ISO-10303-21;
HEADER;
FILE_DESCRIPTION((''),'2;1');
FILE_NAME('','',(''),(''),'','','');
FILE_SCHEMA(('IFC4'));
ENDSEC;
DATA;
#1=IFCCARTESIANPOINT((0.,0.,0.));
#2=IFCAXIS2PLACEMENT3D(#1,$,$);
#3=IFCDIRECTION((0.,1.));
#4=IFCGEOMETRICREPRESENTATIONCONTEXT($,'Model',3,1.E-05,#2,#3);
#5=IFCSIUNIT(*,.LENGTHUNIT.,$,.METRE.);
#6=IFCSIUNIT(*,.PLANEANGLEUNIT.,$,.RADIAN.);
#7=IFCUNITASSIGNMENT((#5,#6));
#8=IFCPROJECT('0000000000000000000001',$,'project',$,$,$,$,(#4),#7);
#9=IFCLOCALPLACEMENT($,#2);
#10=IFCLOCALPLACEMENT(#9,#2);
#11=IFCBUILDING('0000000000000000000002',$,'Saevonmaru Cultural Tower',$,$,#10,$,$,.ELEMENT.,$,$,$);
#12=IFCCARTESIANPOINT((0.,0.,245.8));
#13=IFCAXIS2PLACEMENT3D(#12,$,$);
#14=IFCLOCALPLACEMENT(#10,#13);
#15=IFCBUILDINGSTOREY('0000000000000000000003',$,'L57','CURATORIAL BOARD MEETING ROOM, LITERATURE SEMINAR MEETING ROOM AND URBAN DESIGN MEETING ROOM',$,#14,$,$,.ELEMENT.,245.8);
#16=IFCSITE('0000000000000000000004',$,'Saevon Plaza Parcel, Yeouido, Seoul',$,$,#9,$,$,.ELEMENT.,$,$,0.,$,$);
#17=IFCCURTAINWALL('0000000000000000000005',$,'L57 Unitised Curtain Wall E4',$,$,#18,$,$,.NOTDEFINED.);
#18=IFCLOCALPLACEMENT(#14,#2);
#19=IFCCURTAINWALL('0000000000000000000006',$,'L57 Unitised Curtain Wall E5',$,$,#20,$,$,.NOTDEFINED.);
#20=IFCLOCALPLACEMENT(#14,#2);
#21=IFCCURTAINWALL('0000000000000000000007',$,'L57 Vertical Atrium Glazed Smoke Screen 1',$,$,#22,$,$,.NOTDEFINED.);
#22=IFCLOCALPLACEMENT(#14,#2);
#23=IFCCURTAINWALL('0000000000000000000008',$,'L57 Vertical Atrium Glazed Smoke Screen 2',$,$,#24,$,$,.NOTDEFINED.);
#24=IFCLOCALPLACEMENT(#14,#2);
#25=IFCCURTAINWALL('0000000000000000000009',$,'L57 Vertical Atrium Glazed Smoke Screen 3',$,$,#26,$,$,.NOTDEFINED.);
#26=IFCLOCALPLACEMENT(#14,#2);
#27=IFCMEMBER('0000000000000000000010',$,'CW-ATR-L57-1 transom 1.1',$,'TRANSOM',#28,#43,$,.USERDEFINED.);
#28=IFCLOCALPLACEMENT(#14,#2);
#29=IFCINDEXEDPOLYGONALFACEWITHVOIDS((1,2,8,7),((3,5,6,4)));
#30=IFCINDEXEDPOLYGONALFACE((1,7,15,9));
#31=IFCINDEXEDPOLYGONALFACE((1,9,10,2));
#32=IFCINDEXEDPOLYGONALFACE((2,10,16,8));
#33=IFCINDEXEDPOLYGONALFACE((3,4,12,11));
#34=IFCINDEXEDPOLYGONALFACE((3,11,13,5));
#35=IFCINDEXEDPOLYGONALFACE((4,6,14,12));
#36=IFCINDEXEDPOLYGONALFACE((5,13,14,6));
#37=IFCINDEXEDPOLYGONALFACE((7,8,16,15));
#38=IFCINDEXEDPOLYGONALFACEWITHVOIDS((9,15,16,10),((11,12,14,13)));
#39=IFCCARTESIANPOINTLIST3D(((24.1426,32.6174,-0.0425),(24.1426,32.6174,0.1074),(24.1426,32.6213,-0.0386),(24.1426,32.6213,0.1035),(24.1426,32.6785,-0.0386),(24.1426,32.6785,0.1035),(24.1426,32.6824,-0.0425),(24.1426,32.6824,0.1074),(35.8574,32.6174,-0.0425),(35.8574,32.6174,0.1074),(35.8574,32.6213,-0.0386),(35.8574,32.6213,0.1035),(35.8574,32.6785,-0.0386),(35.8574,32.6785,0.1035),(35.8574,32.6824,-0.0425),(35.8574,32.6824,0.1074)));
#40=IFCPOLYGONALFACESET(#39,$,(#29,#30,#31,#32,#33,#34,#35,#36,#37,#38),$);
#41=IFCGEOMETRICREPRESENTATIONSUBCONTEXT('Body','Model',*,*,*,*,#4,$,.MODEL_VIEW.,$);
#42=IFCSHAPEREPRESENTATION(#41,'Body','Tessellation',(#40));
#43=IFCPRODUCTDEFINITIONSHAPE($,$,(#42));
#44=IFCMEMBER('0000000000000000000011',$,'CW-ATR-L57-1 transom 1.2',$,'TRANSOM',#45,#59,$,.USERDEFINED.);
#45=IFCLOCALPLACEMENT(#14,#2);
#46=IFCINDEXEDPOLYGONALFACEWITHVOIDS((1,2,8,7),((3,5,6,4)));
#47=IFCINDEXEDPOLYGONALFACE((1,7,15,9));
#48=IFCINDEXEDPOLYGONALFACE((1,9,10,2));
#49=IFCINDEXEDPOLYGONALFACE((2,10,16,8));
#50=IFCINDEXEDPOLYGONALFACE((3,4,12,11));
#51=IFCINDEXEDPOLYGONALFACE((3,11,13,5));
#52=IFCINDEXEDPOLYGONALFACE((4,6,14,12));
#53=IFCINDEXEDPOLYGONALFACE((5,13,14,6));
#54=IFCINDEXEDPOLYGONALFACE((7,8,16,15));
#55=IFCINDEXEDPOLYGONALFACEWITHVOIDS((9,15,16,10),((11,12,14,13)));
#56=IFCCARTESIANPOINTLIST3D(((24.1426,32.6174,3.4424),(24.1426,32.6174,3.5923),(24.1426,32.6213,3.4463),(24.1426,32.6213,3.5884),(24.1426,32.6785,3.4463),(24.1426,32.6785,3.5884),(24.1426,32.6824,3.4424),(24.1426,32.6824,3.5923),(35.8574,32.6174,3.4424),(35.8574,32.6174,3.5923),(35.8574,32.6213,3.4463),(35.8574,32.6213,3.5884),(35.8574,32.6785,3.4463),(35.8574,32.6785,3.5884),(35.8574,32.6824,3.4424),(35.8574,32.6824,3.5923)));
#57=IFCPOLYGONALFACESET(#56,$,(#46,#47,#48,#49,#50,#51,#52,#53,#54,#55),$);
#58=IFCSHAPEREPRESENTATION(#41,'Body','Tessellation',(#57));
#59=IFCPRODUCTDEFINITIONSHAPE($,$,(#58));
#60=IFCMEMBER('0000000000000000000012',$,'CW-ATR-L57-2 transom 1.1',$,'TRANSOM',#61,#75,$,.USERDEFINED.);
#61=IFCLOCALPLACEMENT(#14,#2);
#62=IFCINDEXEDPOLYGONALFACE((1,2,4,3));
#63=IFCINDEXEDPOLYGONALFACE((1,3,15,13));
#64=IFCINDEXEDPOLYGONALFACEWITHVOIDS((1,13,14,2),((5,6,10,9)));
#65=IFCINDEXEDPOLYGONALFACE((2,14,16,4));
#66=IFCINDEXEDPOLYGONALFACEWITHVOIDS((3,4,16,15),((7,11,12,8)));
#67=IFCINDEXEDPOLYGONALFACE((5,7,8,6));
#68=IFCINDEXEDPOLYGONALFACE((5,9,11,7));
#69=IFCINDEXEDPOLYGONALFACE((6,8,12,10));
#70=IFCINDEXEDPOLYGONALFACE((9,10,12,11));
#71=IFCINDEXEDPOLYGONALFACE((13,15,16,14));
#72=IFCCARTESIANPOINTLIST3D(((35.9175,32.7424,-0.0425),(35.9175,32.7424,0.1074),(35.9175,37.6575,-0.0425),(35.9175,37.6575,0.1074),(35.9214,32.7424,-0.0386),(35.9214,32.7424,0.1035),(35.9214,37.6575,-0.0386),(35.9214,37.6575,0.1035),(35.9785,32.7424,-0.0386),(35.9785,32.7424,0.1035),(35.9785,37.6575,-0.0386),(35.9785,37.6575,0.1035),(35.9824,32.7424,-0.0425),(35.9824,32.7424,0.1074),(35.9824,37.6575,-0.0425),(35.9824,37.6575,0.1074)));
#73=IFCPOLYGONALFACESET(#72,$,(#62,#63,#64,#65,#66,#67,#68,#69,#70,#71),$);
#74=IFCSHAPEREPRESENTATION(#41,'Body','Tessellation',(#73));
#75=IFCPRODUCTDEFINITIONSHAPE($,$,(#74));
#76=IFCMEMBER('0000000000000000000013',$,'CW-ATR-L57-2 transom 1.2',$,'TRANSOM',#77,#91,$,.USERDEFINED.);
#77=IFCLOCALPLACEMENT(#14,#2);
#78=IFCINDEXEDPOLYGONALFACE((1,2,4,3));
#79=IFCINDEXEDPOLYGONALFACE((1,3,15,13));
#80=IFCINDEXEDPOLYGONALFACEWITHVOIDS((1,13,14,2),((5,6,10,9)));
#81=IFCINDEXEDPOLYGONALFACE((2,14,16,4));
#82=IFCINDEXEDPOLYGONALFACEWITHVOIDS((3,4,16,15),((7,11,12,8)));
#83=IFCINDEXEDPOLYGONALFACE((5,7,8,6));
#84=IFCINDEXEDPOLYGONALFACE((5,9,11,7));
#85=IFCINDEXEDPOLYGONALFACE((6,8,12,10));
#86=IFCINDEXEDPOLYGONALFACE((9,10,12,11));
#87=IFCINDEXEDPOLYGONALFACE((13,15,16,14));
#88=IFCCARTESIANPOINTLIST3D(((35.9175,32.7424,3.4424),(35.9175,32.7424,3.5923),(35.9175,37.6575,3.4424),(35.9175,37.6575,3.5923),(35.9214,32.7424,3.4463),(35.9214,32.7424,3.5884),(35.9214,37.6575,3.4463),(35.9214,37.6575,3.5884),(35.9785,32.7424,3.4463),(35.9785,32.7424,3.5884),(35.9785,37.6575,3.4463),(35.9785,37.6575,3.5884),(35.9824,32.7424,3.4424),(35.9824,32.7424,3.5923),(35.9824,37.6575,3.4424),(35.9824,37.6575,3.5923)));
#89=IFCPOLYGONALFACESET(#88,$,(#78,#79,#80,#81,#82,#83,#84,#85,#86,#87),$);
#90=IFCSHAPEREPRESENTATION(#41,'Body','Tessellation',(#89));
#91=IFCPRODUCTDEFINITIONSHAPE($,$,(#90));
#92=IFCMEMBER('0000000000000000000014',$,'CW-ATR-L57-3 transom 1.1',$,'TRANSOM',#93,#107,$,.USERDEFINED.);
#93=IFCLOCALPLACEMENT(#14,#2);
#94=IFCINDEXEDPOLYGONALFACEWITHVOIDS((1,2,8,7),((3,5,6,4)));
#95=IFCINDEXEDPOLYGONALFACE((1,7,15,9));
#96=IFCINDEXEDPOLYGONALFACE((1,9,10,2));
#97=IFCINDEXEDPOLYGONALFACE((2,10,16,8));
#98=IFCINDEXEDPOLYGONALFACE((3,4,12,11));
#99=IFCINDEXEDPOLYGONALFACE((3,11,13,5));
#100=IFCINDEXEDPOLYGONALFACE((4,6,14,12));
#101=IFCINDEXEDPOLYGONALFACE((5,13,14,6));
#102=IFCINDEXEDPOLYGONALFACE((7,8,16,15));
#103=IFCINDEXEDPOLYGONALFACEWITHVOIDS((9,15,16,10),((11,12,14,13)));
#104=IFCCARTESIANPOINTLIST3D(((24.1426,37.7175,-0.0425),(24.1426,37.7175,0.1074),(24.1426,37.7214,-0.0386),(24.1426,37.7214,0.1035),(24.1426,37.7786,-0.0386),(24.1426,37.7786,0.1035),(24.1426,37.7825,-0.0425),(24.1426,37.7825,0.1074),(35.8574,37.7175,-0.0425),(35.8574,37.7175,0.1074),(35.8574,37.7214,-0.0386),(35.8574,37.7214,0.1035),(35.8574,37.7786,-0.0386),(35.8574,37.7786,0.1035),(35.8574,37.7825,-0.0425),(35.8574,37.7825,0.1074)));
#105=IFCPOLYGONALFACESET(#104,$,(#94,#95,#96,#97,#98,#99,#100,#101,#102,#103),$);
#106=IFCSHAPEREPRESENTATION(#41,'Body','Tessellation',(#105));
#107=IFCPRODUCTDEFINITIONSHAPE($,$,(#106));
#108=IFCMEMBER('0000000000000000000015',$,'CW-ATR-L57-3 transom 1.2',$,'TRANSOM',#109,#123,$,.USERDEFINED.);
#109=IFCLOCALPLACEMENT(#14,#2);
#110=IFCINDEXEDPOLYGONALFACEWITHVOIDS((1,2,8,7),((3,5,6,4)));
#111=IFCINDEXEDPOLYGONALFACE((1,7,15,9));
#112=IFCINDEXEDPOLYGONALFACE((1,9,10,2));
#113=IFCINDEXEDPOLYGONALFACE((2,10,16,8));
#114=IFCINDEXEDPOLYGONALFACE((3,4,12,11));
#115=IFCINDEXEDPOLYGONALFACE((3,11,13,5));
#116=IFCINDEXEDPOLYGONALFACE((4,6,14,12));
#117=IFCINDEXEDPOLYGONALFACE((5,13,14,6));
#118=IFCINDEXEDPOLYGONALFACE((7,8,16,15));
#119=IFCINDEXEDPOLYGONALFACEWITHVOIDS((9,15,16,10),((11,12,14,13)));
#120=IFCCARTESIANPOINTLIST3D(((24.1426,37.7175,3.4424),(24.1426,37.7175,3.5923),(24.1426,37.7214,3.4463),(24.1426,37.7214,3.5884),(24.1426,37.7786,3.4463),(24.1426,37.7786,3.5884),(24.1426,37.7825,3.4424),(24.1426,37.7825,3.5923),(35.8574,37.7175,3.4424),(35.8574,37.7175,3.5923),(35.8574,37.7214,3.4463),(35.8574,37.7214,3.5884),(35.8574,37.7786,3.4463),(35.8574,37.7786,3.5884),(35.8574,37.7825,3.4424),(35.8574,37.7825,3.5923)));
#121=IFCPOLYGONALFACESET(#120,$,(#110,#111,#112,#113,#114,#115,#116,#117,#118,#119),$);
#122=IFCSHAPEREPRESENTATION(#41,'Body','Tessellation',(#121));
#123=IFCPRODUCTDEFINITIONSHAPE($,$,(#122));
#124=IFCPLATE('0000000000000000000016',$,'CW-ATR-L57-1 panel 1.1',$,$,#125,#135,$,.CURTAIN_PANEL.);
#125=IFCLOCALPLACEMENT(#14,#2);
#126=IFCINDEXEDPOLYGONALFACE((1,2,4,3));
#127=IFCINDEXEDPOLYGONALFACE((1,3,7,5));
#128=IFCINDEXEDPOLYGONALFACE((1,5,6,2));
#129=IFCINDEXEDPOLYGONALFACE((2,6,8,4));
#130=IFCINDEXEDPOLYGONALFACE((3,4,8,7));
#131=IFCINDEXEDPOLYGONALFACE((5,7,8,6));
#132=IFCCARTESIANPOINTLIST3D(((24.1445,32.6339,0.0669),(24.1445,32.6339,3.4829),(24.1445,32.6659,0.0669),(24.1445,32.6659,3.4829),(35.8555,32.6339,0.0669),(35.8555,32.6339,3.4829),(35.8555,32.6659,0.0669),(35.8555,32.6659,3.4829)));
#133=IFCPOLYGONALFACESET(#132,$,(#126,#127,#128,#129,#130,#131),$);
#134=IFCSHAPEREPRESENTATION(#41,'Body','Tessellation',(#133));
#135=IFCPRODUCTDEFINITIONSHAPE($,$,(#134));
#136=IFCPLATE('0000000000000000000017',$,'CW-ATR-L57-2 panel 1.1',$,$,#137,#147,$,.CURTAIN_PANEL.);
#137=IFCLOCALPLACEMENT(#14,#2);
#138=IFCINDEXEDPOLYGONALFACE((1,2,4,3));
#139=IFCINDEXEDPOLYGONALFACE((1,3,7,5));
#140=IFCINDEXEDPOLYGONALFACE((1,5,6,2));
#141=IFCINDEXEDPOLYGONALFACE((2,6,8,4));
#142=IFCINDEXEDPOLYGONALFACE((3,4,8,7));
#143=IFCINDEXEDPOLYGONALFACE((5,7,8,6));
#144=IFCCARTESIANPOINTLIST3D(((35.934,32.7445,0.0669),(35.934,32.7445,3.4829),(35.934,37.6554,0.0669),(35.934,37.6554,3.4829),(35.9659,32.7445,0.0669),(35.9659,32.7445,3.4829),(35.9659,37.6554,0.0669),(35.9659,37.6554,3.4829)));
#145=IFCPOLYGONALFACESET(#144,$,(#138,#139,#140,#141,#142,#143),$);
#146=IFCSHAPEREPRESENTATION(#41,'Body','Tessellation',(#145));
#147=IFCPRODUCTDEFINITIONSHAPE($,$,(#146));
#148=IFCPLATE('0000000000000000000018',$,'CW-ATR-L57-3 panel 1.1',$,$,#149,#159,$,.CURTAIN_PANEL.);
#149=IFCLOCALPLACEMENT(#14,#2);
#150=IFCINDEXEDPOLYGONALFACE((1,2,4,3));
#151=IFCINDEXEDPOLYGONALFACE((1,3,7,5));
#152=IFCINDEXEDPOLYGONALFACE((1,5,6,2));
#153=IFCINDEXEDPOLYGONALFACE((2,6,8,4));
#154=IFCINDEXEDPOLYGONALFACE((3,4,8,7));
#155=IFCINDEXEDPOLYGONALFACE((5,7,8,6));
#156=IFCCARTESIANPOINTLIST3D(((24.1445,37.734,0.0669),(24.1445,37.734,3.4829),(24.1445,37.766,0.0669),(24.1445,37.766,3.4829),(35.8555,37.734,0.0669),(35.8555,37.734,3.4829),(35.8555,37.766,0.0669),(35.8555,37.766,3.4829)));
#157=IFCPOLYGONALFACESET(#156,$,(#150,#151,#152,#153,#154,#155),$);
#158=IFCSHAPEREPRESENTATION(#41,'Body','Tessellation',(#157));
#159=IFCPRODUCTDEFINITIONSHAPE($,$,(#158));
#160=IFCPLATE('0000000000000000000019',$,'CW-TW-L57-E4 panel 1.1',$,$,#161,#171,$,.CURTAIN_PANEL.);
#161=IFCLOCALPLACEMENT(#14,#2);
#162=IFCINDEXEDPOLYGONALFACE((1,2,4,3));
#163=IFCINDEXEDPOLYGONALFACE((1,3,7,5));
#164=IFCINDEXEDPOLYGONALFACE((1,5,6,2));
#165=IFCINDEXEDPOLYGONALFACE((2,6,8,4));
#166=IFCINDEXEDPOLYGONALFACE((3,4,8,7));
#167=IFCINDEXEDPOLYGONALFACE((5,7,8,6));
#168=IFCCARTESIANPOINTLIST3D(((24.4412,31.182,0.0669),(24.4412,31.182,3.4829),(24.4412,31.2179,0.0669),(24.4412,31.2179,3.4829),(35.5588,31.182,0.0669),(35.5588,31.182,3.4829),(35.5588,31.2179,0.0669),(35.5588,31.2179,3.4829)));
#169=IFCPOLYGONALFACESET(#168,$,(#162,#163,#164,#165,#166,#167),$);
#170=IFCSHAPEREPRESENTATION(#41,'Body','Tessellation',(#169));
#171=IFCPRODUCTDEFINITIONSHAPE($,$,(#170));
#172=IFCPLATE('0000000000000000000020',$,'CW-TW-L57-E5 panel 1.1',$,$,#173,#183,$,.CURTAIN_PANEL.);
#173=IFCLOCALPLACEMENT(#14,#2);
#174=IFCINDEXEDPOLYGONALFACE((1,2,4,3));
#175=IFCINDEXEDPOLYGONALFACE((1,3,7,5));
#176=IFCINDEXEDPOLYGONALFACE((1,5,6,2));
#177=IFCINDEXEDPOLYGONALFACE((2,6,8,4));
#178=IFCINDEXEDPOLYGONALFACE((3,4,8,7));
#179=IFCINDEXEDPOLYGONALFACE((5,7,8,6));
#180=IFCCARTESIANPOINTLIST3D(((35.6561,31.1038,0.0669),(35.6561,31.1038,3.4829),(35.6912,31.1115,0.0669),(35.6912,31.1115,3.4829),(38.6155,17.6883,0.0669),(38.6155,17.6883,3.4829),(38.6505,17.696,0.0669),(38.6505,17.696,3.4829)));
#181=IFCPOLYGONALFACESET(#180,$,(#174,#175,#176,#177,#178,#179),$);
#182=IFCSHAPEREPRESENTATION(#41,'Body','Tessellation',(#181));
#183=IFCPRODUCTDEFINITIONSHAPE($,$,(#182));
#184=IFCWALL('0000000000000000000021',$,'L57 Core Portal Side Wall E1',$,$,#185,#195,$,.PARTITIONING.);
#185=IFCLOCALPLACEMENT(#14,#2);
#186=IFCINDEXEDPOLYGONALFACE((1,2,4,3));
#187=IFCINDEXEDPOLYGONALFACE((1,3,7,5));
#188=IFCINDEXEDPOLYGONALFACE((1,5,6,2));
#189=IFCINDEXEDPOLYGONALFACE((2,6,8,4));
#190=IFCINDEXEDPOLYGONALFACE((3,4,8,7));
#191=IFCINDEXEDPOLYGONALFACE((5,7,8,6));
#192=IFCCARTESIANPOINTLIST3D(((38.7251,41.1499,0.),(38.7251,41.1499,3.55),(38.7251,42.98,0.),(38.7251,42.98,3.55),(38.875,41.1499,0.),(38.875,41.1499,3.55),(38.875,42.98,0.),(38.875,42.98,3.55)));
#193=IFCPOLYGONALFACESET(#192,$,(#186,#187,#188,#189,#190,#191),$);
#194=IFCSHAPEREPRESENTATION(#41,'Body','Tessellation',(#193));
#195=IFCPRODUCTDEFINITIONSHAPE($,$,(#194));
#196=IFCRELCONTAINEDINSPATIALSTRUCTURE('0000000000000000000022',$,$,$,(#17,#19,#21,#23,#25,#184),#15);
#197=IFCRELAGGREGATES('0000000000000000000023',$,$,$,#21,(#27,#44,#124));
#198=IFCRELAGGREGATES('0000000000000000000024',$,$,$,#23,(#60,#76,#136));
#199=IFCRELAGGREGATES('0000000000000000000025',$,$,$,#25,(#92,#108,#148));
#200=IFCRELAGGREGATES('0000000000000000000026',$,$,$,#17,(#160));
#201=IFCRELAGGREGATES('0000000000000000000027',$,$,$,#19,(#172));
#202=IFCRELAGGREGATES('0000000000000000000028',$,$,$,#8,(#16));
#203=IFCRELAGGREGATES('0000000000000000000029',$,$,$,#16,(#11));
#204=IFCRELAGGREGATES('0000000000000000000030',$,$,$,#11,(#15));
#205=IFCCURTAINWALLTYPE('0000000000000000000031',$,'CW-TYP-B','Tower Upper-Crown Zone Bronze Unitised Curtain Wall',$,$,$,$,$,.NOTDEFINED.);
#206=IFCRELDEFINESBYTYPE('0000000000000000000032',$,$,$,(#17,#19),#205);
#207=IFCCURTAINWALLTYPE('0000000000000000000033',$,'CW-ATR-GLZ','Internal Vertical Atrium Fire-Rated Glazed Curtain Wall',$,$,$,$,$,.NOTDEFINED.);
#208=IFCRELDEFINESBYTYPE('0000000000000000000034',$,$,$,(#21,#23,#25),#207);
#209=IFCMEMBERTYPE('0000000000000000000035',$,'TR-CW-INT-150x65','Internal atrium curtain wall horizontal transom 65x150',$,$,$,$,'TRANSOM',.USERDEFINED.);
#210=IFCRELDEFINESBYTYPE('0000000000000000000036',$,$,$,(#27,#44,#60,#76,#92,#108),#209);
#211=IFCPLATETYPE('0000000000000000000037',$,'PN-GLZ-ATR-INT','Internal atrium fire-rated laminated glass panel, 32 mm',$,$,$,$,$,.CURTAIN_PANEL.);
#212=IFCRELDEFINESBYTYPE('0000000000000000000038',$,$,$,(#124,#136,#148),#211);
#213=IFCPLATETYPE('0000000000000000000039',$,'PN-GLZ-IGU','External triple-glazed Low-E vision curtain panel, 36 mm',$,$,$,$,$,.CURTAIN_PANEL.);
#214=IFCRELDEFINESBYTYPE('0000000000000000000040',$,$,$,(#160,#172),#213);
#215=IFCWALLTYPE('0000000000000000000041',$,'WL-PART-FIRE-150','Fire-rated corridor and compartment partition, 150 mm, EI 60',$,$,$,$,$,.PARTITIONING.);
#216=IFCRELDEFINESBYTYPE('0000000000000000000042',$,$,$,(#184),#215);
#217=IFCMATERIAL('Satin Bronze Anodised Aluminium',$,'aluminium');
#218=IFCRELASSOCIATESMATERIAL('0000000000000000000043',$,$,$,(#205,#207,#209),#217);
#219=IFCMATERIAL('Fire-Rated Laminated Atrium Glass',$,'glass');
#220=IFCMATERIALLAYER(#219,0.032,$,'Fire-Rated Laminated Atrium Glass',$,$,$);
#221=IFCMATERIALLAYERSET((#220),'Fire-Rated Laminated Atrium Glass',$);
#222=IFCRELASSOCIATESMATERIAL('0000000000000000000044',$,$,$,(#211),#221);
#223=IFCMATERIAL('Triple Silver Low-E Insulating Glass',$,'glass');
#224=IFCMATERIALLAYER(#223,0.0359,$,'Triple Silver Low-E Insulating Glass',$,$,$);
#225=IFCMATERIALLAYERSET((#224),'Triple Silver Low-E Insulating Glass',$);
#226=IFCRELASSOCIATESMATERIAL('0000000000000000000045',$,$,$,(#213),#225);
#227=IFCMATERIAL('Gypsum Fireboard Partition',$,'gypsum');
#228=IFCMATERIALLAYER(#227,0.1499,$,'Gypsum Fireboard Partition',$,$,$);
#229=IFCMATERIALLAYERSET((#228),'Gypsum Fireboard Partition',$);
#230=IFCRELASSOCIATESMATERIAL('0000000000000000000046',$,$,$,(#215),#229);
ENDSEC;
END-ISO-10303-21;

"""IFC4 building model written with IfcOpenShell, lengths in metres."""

from ifc_helpers import new_model, si_unit, direction, frame, frame_2d, origin, origin_2d, place, context, subcontext, project, spatial, rectangle, hollow_rectangle, extrude, material, layer, layer_set, material_profile, profile_set, type_object, element, aggregate, save


model = new_model("IFC4")

# Units and contexts
model_context = context("Model", 3, precision=1e-05, world=origin(), true_north=direction((0.0, 1.0)))
body_context = subcontext(model_context, "Body", "Model", "MODEL_VIEW")
ifc_project = project(units=[si_unit("LENGTHUNIT", "METRE"), si_unit("PLANEANGLEUNIT", "RADIAN")], contexts=[model_context])

# Site, building, storey
site_placement = place(None, origin())
site = spatial("IfcSite", under=ifc_project, at=site_placement, Name="Saevon Plaza Parcel, Yeouido, Seoul", CompositionType="ELEMENT", RefElevation=0.0)
building_placement = place(site_placement, origin())
building = spatial("IfcBuilding", under=site, at=building_placement, Name="Saevonmaru Cultural Tower", CompositionType="ELEMENT")
storey_placement = place(building_placement, frame((0.0, 0.0, 245.8)))
storey = spatial("IfcBuildingStorey", under=building, at=storey_placement, Name="L57", Description="CURATORIAL BOARD MEETING ROOM, LITERATURE SEMINAR MEETING ROOM AND URBAN DESIGN MEETING ROOM", CompositionType="ELEMENT", Elevation=245.8)

# Shared definitions
ifc_material_1 = material(Name="Satin Bronze Anodised Aluminium", Category="aluminium")
curtain_wall_type_1 = type_object("IfcCurtainWallType", Name="CW-TYP-B", Description="Tower Upper-Crown Zone Bronze Unitised Curtain Wall", PredefinedType="NOTDEFINED", material=ifc_material_1)

# Curtain walls
curtain_wall_1_placement = place(storey_placement, origin())
curtain_wall_1 = element("IfcCurtainWall", 1, at=curtain_wall_1_placement, inside=storey, type_object=curtain_wall_type_1, Name="L57 Unitised Curtain Wall E4", PredefinedType="NOTDEFINED")
curtain_wall_2_placement = place(storey_placement, origin())
curtain_wall_2 = element("IfcCurtainWall", 2, at=curtain_wall_2_placement, inside=storey, type_object=curtain_wall_type_1, Name="L57 Unitised Curtain Wall E5", PredefinedType="NOTDEFINED")

# Curtain walls
curtain_wall_type_2 = type_object("IfcCurtainWallType", Name="CW-ATR-GLZ", Description="Internal Vertical Atrium Fire-Rated Glazed Curtain Wall", PredefinedType="NOTDEFINED", material=ifc_material_1)
curtain_wall_3_placement = place(storey_placement, origin())
curtain_wall_3 = element("IfcCurtainWall", 3, at=curtain_wall_3_placement, inside=storey, type_object=curtain_wall_type_2, Name="L57 Vertical Atrium Glazed Smoke Screen 1", PredefinedType="NOTDEFINED")
curtain_wall_4_placement = place(storey_placement, origin())
curtain_wall_4 = element("IfcCurtainWall", 4, at=curtain_wall_4_placement, inside=storey, type_object=curtain_wall_type_2, Name="L57 Vertical Atrium Glazed Smoke Screen 2", PredefinedType="NOTDEFINED")
curtain_wall_5_placement = place(storey_placement, origin())
curtain_wall_5 = element("IfcCurtainWall", 5, at=curtain_wall_5_placement, inside=storey, type_object=curtain_wall_type_2, Name="L57 Vertical Atrium Glazed Smoke Screen 3", PredefinedType="NOTDEFINED")

# Members
ifc_material_profile_1 = material_profile(ifc_material_1, hollow_rectangle(XDim=0.0649, YDim=0.1499, WallThickness=0.0039, at=origin_2d()), Name="ALU-TRAN-150x65x4")
ifc_profile_set_1 = profile_set([ifc_material_profile_1], Name="Satin Bronze Anodised Aluminium")
member_type_1 = type_object("IfcMemberType", Name="TR-CW-INT-150x65", Description="Internal atrium curtain wall horizontal transom 65x150", ElementType="TRANSOM", PredefinedType="USERDEFINED", material=ifc_profile_set_1)
member_1_placement = place(storey_placement, frame((24.1426, 32.6499, 0.0325), z_axis=(1.0, 0.0, 0.0), x_axis=(0.0, 1.0, 0.0)))
member_1 = element("IfcMember", 6, at=member_1_placement, type_object=member_type_1, Name="CW-ATR-L57-1 transom 1.1", ObjectType="TRANSOM", PredefinedType="USERDEFINED", context=body_context, shape_type="SweptSolid", body=[
    extrude(hollow_rectangle(XDim=0.0649, YDim=0.1499, WallThickness=0.0039, at=origin_2d()), origin(), (0.0, 0.0, 1.0), 11.7148),
])
member_2_placement = place(storey_placement, frame((24.1426, 32.6499, 3.5173), z_axis=(1.0, 0.0, 0.0), x_axis=(0.0, 1.0, 0.0)))
member_2 = element("IfcMember", 7, at=member_2_placement, type_object=member_type_1, Name="CW-ATR-L57-1 transom 1.2", ObjectType="TRANSOM", PredefinedType="USERDEFINED", context=body_context, shape_type="SweptSolid", body=[
    extrude(hollow_rectangle(XDim=0.0649, YDim=0.1499, WallThickness=0.0039, at=origin_2d()), origin(), (0.0, 0.0, 1.0), 11.7148),
])
member_3_placement = place(storey_placement, frame((35.95, 32.7424, 0.0325), z_axis=(0.0, 1.0, 0.0), x_axis=(-1.0, 0.0, 0.0)))
member_3 = element("IfcMember", 8, at=member_3_placement, type_object=member_type_1, Name="CW-ATR-L57-2 transom 1.1", ObjectType="TRANSOM", PredefinedType="USERDEFINED", context=body_context, shape_type="SweptSolid", body=[
    extrude(hollow_rectangle(XDim=0.0649, YDim=0.1499, WallThickness=0.0039, at=origin_2d()), origin(), (0.0, 0.0, 1.0), 4.915),
])
member_4_placement = place(storey_placement, frame((35.95, 32.7424, 3.5173), z_axis=(0.0, 1.0, 0.0), x_axis=(-1.0, 0.0, 0.0)))
member_4 = element("IfcMember", 9, at=member_4_placement, type_object=member_type_1, Name="CW-ATR-L57-2 transom 1.2", ObjectType="TRANSOM", PredefinedType="USERDEFINED", context=body_context, shape_type="SweptSolid", body=[
    extrude(hollow_rectangle(XDim=0.0649, YDim=0.1499, WallThickness=0.0039, at=origin_2d()), origin(), (0.0, 0.0, 1.0), 4.915),
])
member_5_placement = place(storey_placement, frame((35.8574, 37.75, 0.0325), z_axis=(-1.0, 0.0, 0.0), x_axis=(0.0, -1.0, 0.0)))
member_5 = element("IfcMember", 10, at=member_5_placement, type_object=member_type_1, Name="CW-ATR-L57-3 transom 1.1", ObjectType="TRANSOM", PredefinedType="USERDEFINED", context=body_context, shape_type="SweptSolid", body=[
    extrude(hollow_rectangle(XDim=0.0649, YDim=0.1499, WallThickness=0.0039, at=origin_2d()), origin(), (0.0, 0.0, 1.0), 11.7148),
])
member_6_placement = place(storey_placement, frame((35.8574, 37.75, 3.5173), z_axis=(-1.0, 0.0, 0.0), x_axis=(0.0, -1.0, 0.0)))
member_6 = element("IfcMember", 11, at=member_6_placement, type_object=member_type_1, Name="CW-ATR-L57-3 transom 1.2", ObjectType="TRANSOM", PredefinedType="USERDEFINED", context=body_context, shape_type="SweptSolid", body=[
    extrude(hollow_rectangle(XDim=0.0649, YDim=0.1499, WallThickness=0.0039, at=origin_2d()), origin(), (0.0, 0.0, 1.0), 11.7148),
])

# Plates
ifc_material_2 = material(Name="Fire-Rated Laminated Atrium Glass", Category="glass")
ifc_layer_1 = layer(ifc_material_2, 0.032, Name="Fire-Rated Laminated Atrium Glass")
ifc_layer_set_1 = layer_set([ifc_layer_1], Name="Fire-Rated Laminated Atrium Glass")
plate_type_1 = type_object("IfcPlateType", Name="PN-GLZ-ATR-INT", Description="Internal atrium fire-rated laminated glass panel, 32 mm", PredefinedType="CURTAIN_PANEL", material=ifc_layer_set_1)
plate_1_placement = place(storey_placement, frame((30.0, 32.6499, 0.0669), z_axis=(0.0, 0.0, 1.0), x_axis=(1.0, 0.0, 0.0)))
plate_1 = element("IfcPlate", 12, at=plate_1_placement, type_object=plate_type_1, Name="CW-ATR-L57-1 panel 1.1", PredefinedType="CURTAIN_PANEL", context=body_context, shape_type="SweptSolid", body=[
    extrude(rectangle(XDim=11.7109, YDim=0.032, at=origin_2d()), origin(), (0.0, 0.0, 1.0), 3.416),
])
aggregate(curtain_wall_3, [member_1, member_2, plate_1])
plate_2_placement = place(storey_placement, frame((35.95, 35.2, 0.0669), z_axis=(0.0, 0.0, 1.0), x_axis=(0.0, 1.0, 0.0)))
plate_2 = element("IfcPlate", 13, at=plate_2_placement, type_object=plate_type_1, Name="CW-ATR-L57-2 panel 1.1", PredefinedType="CURTAIN_PANEL", context=body_context, shape_type="SweptSolid", body=[
    extrude(rectangle(XDim=4.9109, YDim=0.032, at=origin_2d()), origin(), (0.0, 0.0, 1.0), 3.416),
])
aggregate(curtain_wall_4, [member_3, member_4, plate_2])
plate_3_placement = place(storey_placement, frame((30.0, 37.75, 0.0669), z_axis=(0.0, 0.0, 1.0), x_axis=(-1.0, 0.0, 0.0)))
plate_3 = element("IfcPlate", 14, at=plate_3_placement, type_object=plate_type_1, Name="CW-ATR-L57-3 panel 1.1", PredefinedType="CURTAIN_PANEL", context=body_context, shape_type="SweptSolid", body=[
    extrude(rectangle(XDim=11.7109, YDim=0.032, at=origin_2d()), origin(), (0.0, 0.0, 1.0), 3.416),
])
aggregate(curtain_wall_5, [member_5, member_6, plate_3])
ifc_material_3 = material(Name="Triple Silver Low-E Insulating Glass", Category="glass")
ifc_layer_2 = layer(ifc_material_3, 0.0359, Name="Triple Silver Low-E Insulating Glass")
ifc_layer_set_2 = layer_set([ifc_layer_2], Name="Triple Silver Low-E Insulating Glass")
plate_type_2 = type_object("IfcPlateType", Name="PN-GLZ-IGU", Description="External triple-glazed Low-E vision curtain panel, 36 mm", PredefinedType="CURTAIN_PANEL", material=ifc_layer_set_2)
plate_4_placement = place(storey_placement, frame((30.0, 31.2, 0.0669), z_axis=(0.0, 0.0, 1.0), x_axis=(1.0, 0.0, 0.0)))
plate_4 = element("IfcPlate", 15, at=plate_4_placement, type_object=plate_type_2, Name="CW-TW-L57-E4 panel 1.1", PredefinedType="CURTAIN_PANEL", context=body_context, shape_type="SweptSolid", body=[
    extrude(rectangle(XDim=11.1177, YDim=0.0359, at=origin_2d()), origin(), (0.0, 0.0, 1.0), 3.416),
])
aggregate(curtain_wall_1, [plate_4])
plate_5_placement = place(storey_placement, frame((37.1533, 24.3999, 0.0669), z_axis=(0.0, 0.0, 1.0), x_axis=(0.215413, -0.976523, 0.0)))
plate_5 = element("IfcPlate", 16, at=plate_5_placement, type_object=plate_type_2, Name="CW-TW-L57-E5 panel 1.1", PredefinedType="CURTAIN_PANEL", context=body_context, shape_type="SweptSolid", body=[
    extrude(rectangle(XDim=13.738, YDim=0.0359, at=origin_2d()), origin(), (0.0, 0.0, 1.0), 3.416),
])
aggregate(curtain_wall_2, [plate_5])

# Wall
ifc_material_4 = material(Name="Gypsum Fireboard Partition", Category="gypsum")
ifc_layer_3 = layer(ifc_material_4, 0.1499, Name="Gypsum Fireboard Partition")
ifc_layer_set_3 = layer_set([ifc_layer_3], Name="Gypsum Fireboard Partition")
wall_type_1 = type_object("IfcWallType", Name="WL-PART-FIRE-150", Description="Fire-rated corridor and compartment partition, 150 mm, EI 60", PredefinedType="PARTITIONING", material=ifc_layer_set_3)
wall_1_placement = place(storey_placement, frame((38.8, 41.1499, 0.0), z_axis=(0.0, 0.0, 1.0), x_axis=(0.0, 1.0, 0.0)))
element("IfcWall", 17, at=wall_1_placement, inside=storey, type_object=wall_type_1, Name="L57 Core Portal Side Wall E1", PredefinedType="PARTITIONING", context=body_context, shape_type="SweptSolid", body=[
    extrude(rectangle(XDim=1.8301, YDim=0.1499, at=frame_2d((0.915, 0.0))), origin(), (0.0, 0.0, 1.0), 3.55),
])

save(model, "model.ifc")
